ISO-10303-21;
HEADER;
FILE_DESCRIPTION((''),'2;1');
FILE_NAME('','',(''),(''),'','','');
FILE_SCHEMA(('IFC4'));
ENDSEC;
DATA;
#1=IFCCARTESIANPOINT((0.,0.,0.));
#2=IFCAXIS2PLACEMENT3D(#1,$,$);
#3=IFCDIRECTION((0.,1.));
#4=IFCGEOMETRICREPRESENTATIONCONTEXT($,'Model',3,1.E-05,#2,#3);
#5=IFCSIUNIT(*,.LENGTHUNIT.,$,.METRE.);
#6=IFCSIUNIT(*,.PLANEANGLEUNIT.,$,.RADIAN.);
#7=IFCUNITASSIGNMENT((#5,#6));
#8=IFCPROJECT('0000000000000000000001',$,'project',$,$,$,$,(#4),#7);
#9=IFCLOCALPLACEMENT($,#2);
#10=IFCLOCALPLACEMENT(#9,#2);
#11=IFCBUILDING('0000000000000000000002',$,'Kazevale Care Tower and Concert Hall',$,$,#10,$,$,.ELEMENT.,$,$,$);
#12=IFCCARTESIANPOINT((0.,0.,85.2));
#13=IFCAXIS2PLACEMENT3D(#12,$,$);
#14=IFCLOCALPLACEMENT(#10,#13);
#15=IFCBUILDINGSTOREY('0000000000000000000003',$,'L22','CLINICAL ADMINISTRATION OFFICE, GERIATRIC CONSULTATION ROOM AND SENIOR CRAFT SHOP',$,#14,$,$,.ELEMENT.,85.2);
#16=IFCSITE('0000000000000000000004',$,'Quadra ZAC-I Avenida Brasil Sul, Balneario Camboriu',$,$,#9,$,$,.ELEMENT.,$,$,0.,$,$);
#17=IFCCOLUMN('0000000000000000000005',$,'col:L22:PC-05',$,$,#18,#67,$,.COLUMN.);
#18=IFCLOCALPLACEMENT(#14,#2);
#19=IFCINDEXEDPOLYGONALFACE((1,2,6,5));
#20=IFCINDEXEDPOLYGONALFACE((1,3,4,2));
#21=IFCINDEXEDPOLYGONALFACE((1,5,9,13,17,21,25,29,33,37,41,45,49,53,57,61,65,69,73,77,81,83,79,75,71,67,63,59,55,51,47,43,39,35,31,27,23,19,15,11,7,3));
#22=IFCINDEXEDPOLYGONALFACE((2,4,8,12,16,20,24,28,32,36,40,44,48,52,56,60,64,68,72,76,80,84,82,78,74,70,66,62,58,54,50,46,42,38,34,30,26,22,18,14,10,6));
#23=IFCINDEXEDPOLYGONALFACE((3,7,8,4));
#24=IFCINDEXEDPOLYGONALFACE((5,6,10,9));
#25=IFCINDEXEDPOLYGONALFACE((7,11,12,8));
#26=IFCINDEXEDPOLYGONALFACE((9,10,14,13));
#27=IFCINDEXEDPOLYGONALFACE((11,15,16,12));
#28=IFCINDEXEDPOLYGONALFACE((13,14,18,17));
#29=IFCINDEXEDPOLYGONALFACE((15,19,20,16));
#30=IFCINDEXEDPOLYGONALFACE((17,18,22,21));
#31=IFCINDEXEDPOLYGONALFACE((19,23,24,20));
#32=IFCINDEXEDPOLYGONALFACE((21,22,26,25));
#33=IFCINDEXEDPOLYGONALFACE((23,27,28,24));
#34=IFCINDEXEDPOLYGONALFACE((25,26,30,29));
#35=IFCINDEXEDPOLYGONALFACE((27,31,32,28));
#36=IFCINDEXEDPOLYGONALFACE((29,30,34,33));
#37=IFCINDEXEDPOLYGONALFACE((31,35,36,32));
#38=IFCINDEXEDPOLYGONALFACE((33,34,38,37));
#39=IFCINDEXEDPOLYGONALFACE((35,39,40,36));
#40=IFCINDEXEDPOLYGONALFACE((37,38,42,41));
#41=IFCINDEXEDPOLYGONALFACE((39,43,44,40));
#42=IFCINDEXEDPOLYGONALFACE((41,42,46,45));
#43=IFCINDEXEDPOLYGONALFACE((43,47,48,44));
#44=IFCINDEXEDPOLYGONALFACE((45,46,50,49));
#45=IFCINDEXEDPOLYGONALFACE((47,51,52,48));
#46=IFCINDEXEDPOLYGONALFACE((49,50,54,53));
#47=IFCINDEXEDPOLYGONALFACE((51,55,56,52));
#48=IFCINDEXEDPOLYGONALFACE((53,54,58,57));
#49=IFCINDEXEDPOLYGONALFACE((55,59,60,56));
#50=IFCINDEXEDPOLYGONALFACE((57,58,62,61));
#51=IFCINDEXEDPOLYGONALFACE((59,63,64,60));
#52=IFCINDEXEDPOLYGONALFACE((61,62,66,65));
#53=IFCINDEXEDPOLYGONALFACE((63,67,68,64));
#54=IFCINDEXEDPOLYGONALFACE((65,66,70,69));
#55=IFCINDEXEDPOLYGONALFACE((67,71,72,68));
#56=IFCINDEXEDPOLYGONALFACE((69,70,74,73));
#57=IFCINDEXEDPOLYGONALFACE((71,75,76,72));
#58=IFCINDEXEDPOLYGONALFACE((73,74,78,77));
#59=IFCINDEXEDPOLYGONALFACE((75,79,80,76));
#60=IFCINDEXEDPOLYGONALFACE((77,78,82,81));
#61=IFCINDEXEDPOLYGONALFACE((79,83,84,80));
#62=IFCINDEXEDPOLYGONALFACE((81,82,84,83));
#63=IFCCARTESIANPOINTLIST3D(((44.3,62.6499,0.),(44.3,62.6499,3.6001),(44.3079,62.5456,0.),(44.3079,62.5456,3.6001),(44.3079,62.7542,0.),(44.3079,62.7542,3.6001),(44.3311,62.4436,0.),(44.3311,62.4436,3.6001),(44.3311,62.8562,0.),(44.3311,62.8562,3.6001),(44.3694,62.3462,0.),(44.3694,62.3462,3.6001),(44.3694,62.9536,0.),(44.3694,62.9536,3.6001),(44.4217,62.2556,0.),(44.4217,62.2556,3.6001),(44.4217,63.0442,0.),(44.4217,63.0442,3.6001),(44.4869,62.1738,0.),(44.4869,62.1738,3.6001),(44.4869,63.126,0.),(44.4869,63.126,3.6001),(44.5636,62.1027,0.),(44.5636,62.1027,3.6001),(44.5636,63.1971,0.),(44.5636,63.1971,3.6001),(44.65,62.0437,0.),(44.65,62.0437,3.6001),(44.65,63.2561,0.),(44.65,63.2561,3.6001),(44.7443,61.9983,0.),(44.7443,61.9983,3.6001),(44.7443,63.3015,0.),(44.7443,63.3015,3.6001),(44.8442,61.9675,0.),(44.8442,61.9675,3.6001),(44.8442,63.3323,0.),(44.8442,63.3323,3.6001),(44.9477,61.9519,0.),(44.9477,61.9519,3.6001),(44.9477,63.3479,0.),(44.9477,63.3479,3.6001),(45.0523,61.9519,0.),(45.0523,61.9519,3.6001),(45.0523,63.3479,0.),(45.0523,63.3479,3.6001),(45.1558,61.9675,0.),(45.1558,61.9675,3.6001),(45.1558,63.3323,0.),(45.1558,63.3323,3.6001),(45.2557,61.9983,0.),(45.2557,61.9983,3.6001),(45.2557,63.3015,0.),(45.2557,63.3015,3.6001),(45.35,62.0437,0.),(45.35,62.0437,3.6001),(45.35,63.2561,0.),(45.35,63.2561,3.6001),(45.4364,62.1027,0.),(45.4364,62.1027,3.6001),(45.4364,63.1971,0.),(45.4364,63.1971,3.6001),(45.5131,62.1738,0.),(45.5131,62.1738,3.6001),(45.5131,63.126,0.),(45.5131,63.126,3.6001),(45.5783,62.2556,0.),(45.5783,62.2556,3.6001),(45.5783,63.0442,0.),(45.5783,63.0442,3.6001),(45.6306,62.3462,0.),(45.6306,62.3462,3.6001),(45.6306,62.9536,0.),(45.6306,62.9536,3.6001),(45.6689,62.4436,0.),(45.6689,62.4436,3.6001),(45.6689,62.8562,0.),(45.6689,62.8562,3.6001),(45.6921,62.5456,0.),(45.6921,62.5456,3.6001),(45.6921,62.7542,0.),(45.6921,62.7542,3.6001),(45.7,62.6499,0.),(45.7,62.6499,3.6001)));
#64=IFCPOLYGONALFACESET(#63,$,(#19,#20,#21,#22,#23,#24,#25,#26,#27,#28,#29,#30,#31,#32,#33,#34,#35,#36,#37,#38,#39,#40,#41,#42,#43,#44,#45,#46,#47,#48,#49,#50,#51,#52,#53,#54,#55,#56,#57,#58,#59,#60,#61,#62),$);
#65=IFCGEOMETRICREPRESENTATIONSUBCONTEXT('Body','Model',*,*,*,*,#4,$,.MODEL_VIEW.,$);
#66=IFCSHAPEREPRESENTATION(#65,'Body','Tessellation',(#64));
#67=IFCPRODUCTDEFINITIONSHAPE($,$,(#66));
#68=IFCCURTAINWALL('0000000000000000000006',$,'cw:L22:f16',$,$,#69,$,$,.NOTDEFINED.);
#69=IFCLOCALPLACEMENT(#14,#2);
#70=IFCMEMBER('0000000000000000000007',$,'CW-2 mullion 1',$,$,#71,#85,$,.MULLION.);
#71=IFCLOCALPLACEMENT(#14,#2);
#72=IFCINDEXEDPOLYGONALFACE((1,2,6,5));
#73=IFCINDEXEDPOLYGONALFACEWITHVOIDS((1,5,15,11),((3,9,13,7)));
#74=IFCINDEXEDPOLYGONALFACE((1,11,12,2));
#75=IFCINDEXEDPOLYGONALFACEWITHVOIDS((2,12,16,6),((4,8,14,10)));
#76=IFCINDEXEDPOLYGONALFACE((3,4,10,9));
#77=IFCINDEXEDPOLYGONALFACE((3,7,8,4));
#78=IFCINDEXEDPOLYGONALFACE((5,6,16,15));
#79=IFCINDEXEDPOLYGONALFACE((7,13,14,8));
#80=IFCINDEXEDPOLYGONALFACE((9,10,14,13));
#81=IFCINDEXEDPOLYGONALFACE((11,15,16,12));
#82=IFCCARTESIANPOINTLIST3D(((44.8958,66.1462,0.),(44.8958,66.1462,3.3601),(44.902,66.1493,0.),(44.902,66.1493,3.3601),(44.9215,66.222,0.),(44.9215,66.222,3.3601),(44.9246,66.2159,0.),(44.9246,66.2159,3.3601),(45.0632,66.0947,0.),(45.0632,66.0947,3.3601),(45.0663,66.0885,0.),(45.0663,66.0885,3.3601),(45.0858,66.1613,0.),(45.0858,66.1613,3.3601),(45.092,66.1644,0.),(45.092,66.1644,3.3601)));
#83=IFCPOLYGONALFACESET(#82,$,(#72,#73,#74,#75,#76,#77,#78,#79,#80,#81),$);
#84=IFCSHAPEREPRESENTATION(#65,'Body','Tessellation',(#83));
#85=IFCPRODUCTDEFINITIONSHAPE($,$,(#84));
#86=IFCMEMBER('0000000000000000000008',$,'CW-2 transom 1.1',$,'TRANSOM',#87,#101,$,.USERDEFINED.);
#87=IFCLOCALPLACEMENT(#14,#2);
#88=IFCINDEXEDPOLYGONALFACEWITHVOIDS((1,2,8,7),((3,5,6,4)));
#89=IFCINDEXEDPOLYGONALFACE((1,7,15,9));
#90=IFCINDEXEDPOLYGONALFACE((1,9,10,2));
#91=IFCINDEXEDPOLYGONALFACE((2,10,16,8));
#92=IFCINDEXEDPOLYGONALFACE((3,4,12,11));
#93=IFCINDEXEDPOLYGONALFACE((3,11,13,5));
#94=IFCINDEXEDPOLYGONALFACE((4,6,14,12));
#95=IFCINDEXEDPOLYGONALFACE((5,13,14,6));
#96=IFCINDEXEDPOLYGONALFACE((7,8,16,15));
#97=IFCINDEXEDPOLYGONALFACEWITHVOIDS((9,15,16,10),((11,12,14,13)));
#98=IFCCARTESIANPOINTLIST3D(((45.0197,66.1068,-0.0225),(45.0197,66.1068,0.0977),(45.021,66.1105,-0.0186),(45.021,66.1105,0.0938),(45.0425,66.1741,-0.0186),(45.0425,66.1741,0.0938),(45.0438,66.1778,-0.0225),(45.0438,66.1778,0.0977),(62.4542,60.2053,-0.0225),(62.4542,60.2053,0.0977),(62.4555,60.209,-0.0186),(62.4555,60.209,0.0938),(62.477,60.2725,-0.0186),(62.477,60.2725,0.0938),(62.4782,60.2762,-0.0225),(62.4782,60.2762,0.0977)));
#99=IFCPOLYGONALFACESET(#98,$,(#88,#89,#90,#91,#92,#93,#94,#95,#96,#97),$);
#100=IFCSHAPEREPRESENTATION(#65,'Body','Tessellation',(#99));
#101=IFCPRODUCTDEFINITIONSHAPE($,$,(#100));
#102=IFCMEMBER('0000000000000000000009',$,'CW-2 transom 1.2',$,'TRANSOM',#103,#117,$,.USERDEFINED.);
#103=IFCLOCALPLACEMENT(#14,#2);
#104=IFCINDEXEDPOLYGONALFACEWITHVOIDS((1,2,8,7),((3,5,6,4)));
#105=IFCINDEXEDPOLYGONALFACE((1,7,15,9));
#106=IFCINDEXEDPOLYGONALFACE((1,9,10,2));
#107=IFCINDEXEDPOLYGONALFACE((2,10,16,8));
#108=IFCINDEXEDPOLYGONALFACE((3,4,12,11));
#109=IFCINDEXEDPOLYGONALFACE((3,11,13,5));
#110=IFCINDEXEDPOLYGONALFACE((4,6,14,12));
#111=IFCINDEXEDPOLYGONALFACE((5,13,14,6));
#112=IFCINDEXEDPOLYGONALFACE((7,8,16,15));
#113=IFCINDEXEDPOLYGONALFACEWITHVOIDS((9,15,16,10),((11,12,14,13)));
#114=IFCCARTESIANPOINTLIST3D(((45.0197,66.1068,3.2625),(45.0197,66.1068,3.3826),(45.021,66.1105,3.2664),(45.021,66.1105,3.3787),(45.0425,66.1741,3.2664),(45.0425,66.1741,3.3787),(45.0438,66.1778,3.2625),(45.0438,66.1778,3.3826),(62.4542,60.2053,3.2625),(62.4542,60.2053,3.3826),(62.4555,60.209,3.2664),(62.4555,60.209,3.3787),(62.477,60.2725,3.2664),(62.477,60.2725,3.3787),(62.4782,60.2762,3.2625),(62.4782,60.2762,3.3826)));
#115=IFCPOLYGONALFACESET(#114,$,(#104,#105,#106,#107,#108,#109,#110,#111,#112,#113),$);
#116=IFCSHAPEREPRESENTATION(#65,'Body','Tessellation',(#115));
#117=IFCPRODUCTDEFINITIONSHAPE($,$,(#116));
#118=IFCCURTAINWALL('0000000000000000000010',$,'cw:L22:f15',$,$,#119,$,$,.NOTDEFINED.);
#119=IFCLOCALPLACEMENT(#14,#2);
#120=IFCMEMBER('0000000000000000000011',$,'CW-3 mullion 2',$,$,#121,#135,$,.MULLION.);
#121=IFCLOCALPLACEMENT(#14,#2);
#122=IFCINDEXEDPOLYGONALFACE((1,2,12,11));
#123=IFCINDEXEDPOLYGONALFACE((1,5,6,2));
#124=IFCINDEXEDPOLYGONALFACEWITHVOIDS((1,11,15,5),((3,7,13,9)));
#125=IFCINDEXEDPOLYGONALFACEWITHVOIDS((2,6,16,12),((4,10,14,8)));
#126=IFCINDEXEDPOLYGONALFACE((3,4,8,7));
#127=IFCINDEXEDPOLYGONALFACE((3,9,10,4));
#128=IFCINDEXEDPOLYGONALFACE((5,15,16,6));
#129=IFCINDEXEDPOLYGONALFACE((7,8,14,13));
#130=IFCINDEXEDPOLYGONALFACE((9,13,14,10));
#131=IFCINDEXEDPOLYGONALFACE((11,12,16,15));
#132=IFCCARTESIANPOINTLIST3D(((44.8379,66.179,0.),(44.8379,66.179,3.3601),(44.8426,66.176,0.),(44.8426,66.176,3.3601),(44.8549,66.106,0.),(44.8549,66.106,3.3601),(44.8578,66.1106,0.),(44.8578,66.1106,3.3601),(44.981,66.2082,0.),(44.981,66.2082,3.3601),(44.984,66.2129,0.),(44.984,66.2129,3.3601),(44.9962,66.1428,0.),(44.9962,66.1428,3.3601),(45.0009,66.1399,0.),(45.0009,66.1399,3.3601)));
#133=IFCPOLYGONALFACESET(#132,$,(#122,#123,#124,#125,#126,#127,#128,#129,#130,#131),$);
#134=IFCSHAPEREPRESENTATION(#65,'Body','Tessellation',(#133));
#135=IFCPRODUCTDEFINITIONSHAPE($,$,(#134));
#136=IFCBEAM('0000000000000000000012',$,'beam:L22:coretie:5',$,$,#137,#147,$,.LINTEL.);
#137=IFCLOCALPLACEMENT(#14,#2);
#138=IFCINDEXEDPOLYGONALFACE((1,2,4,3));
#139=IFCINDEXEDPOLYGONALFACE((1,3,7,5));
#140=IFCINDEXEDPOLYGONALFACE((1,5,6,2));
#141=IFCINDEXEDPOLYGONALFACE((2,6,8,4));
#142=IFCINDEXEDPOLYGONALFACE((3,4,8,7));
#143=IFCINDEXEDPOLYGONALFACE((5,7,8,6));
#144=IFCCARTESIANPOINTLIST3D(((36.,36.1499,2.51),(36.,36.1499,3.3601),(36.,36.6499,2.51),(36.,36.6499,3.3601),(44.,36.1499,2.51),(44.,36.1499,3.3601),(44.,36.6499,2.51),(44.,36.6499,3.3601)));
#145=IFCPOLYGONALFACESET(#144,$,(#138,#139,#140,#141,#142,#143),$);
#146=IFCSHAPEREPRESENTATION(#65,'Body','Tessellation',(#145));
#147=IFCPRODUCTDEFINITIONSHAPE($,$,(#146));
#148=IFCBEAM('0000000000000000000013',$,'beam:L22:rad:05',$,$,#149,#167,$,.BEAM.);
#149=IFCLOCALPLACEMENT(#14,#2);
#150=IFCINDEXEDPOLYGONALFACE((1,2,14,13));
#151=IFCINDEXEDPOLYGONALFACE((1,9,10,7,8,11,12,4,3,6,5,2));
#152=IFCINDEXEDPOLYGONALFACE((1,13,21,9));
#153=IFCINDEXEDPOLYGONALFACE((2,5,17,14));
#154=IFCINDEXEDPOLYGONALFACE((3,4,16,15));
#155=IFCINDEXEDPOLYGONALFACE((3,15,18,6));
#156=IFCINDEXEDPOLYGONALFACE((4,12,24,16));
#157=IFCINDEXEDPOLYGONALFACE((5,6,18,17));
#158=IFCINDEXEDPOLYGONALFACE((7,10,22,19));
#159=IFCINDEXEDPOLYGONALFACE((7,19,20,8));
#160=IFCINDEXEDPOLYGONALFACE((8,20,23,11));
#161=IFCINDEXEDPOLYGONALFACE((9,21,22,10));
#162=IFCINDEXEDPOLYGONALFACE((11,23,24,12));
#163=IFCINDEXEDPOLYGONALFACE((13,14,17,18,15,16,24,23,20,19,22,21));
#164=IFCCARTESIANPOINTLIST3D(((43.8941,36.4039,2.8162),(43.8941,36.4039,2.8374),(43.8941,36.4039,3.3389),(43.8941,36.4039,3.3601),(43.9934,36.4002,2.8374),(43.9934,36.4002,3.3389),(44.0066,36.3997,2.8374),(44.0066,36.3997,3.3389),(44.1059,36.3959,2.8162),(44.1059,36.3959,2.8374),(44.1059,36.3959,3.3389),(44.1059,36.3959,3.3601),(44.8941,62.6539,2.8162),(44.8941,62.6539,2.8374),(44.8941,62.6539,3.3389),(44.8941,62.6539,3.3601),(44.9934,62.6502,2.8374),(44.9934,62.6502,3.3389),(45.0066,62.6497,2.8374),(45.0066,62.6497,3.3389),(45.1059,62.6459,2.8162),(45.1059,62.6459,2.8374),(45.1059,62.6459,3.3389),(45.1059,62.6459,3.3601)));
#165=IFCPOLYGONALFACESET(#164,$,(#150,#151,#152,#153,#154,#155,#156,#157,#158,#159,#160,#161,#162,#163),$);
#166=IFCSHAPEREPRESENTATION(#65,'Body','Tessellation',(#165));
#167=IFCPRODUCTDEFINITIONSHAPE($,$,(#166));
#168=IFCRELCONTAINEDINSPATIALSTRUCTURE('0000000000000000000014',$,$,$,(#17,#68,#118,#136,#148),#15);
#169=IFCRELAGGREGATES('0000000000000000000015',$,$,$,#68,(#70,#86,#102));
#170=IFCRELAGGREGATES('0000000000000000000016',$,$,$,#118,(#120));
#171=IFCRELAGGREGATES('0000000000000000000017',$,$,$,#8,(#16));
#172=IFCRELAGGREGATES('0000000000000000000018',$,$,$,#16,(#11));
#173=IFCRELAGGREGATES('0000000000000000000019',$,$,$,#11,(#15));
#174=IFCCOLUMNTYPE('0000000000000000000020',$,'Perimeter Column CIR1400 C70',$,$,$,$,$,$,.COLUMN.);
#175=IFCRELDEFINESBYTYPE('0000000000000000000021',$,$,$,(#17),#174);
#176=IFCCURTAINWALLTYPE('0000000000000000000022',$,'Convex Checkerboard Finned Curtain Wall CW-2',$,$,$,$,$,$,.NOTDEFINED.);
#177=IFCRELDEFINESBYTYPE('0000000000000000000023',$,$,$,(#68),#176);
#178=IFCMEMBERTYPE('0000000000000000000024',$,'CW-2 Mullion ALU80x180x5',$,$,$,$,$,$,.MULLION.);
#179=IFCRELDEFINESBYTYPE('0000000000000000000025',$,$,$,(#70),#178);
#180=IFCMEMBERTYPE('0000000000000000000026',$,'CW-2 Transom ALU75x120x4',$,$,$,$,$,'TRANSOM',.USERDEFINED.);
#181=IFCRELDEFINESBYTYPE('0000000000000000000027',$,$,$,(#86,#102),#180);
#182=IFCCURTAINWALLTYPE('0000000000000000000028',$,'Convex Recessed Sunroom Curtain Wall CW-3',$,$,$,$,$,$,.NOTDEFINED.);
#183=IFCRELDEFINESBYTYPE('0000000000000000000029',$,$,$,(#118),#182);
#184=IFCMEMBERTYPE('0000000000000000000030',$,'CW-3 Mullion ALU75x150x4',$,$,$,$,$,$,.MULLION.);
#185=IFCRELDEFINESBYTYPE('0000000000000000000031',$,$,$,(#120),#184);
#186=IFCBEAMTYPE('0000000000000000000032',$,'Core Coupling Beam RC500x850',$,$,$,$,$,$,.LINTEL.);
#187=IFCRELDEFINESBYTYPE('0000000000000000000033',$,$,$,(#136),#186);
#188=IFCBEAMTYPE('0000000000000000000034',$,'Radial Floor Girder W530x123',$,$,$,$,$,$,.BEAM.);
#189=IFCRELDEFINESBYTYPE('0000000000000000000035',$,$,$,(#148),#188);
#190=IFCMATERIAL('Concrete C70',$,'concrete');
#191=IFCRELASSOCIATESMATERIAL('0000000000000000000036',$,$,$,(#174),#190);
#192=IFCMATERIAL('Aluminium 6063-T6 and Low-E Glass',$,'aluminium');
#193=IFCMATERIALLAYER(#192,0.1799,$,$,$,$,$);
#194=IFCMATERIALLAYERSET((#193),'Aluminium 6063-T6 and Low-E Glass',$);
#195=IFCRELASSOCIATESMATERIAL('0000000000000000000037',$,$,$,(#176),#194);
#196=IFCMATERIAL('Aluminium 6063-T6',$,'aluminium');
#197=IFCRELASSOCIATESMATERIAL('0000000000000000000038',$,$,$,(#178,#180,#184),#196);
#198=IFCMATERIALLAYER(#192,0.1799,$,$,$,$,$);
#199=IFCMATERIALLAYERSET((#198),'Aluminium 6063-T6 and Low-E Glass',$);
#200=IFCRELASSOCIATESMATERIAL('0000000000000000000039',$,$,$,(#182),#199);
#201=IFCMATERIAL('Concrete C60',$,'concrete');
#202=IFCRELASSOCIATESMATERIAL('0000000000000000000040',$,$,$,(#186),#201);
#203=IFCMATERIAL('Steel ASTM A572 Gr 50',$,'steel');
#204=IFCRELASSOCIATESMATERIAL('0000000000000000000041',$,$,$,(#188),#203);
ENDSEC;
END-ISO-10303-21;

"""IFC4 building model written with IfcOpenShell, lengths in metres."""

from ifc_helpers import new_model, si_unit, direction, frame, origin, origin_2d, place, context, subcontext, project, spatial, rectangle, hollow_rectangle, circle, i_section, extrude, material, layer, layer_set, material_profile, profile_set, type_object, element, aggregate, save


model = new_model("IFC4")

# Units and contexts
model_context = context("Model", 3, precision=1e-05, world=origin(), true_north=direction((0.0, 1.0)))
body_context = subcontext(model_context, "Body", "Model", "MODEL_VIEW")
ifc_project = project(units=[si_unit("LENGTHUNIT", "METRE"), si_unit("PLANEANGLEUNIT", "RADIAN")], contexts=[model_context])

# Site, building, storey
site_placement = place(None, origin())
site = spatial("IfcSite", under=ifc_project, at=site_placement, Name="Quadra ZAC-I Avenida Brasil Sul, Balneario Camboriu", CompositionType="ELEMENT", RefElevation=0.0)
building_placement = place(site_placement, origin())
building = spatial("IfcBuilding", under=site, at=building_placement, Name="Kazevale Care Tower and Concert Hall", CompositionType="ELEMENT")
storey_placement = place(building_placement, frame((0.0, 0.0, 85.2)))
storey = spatial("IfcBuildingStorey", under=building, at=storey_placement, Name="L22", Description="CLINICAL ADMINISTRATION OFFICE, GERIATRIC CONSULTATION ROOM AND SENIOR CRAFT SHOP", CompositionType="ELEMENT", Elevation=85.2)

# Column
ifc_material_1 = material(Name="Concrete C70", Category="concrete")
ifc_material_profile_1 = material_profile(ifc_material_1, circle(Radius=0.7, at=origin_2d()), Name="RC-CIR1400")
ifc_profile_set_1 = profile_set([ifc_material_profile_1], Name="Concrete C70")
column_type = type_object("IfcColumnType", Name="Perimeter Column CIR1400 C70", PredefinedType="COLUMN", material=ifc_profile_set_1)
column_placement = place(storey_placement, frame((45.0, 62.6499, 0.0), z_axis=(0.0, 0.0, 1.0), x_axis=(1.0, 0.0, 0.0)))
element("IfcColumn", 1, at=column_placement, inside=storey, type_object=column_type, Name="col:L22:PC-05", PredefinedType="COLUMN", context=body_context, shape_type="SweptSolid", body=[
    extrude(circle(Radius=0.7, at=origin_2d()), origin(), (0.0, 0.0, 1.0), 3.6001),
])

# Curtain wall, members
ifc_material_2 = material(Name="Aluminium 6063-T6 and Low-E Glass", Category="aluminium")
ifc_layer_1 = layer(ifc_material_2, 0.1799)
ifc_layer_set_1 = layer_set([ifc_layer_1], Name="Aluminium 6063-T6 and Low-E Glass")
curtain_wall_type_1 = type_object("IfcCurtainWallType", Name="Convex Checkerboard Finned Curtain Wall CW-2", PredefinedType="NOTDEFINED", material=ifc_layer_set_1)
curtain_wall_1_placement = place(storey_placement, origin())
curtain_wall_1 = element("IfcCurtainWall", 2, at=curtain_wall_1_placement, inside=storey, type_object=curtain_wall_type_1, Name="cw:L22:f16", PredefinedType="NOTDEFINED")
ifc_material_3 = material(Name="Aluminium 6063-T6", Category="aluminium")
ifc_material_profile_2 = material_profile(ifc_material_3, hollow_rectangle(XDim=0.0801, YDim=0.1799, WallThickness=0.0049, at=origin_2d()), Name="ALU80x180x5")
ifc_profile_set_2 = profile_set([ifc_material_profile_2], Name="Aluminium 6063-T6")
member_type_1 = type_object("IfcMemberType", Name="CW-2 Mullion ALU80x180x5", PredefinedType="MULLION", material=ifc_profile_set_2)
member_1_placement = place(storey_placement, frame((44.9939, 66.1553, 0.0), z_axis=(0.0, 0.0, 1.0), x_axis=(0.320636, 0.947203, 0.0)))
member_1 = element("IfcMember", 3, at=member_1_placement, type_object=member_type_1, Name="CW-2 mullion 1", PredefinedType="MULLION", context=body_context, shape_type="SweptSolid", body=[
    extrude(hollow_rectangle(XDim=0.0801, YDim=0.1799, WallThickness=0.0049, at=origin_2d()), origin(), (0.0, 0.0, 1.0), 3.3601),
])
ifc_material_profile_3 = material_profile(ifc_material_3, hollow_rectangle(XDim=0.075, YDim=0.1201, WallThickness=0.0039, at=origin_2d()), Name="ALU75x120x4")
ifc_profile_set_3 = profile_set([ifc_material_profile_3], Name="Aluminium 6063-T6")
member_type_2 = type_object("IfcMemberType", Name="CW-2 Transom ALU75x120x4", ElementType="TRANSOM", PredefinedType="USERDEFINED", material=ifc_profile_set_3)
member_2_placement = place(storey_placement, frame((45.0317, 66.1423, 0.0376), z_axis=(0.947205, -0.320629, 0.0), x_axis=(0.320629, 0.947205, 0.0)))
member_2 = element("IfcMember", 4, at=member_2_placement, type_object=member_type_2, Name="CW-2 transom 1.1", ObjectType="TRANSOM", PredefinedType="USERDEFINED", context=body_context, shape_type="SweptSolid", body=[
    extrude(hollow_rectangle(XDim=0.075, YDim=0.1201, WallThickness=0.0039, at=origin_2d()), origin(), (0.0, 0.0, 1.0), 18.4062),
])
member_3_placement = place(storey_placement, frame((45.0317, 66.1423, 3.3225), z_axis=(0.947205, -0.320629, 0.0), x_axis=(0.320629, 0.947205, 0.0)))
member_3 = element("IfcMember", 5, at=member_3_placement, type_object=member_type_2, Name="CW-2 transom 1.2", ObjectType="TRANSOM", PredefinedType="USERDEFINED", context=body_context, shape_type="SweptSolid", body=[
    extrude(hollow_rectangle(XDim=0.075, YDim=0.1201, WallThickness=0.0039, at=origin_2d()), origin(), (0.0, 0.0, 1.0), 18.4062),
])
aggregate(curtain_wall_1, [member_1, member_2, member_3])

# Curtain wall, member
ifc_layer_2 = layer(ifc_material_2, 0.1799)
ifc_layer_set_2 = layer_set([ifc_layer_2], Name="Aluminium 6063-T6 and Low-E Glass")
curtain_wall_type_2 = type_object("IfcCurtainWallType", Name="Convex Recessed Sunroom Curtain Wall CW-3", PredefinedType="NOTDEFINED", material=ifc_layer_set_2)
curtain_wall_2_placement = place(storey_placement, origin())
curtain_wall_2 = element("IfcCurtainWall", 6, at=curtain_wall_2_placement, inside=storey, type_object=curtain_wall_type_2, Name="cw:L22:f15", PredefinedType="NOTDEFINED")
ifc_material_profile_4 = material_profile(ifc_material_3, hollow_rectangle(XDim=0.075, YDim=0.1499, WallThickness=0.0039, at=origin_2d()), Name="ALU75x150x4")
ifc_profile_set_4 = profile_set([ifc_material_profile_4], Name="Aluminium 6063-T6")
member_type_3 = type_object("IfcMemberType", Name="CW-3 Mullion ALU75x150x4", PredefinedType="MULLION", material=ifc_profile_set_4)
member_4_placement = place(storey_placement, frame((44.9194, 66.1594, 0.0), z_axis=(0.0, 0.0, 1.0), x_axis=(-0.226287, 0.974061, 0.0)))
member_4 = element("IfcMember", 7, at=member_4_placement, type_object=member_type_3, Name="CW-3 mullion 2", PredefinedType="MULLION", context=body_context, shape_type="SweptSolid", body=[
    extrude(hollow_rectangle(XDim=0.075, YDim=0.1499, WallThickness=0.0039, at=origin_2d()), origin(), (0.0, 0.0, 1.0), 3.3601),
])

# Beams
ifc_material_4 = material(Name="Concrete C60", Category="concrete")
ifc_material_profile_5 = material_profile(ifc_material_4, rectangle(XDim=0.5, YDim=0.8501, at=origin_2d()), Name="RC-B500x850")
ifc_profile_set_5 = profile_set([ifc_material_profile_5], Name="Concrete C60")
beam_type_1 = type_object("IfcBeamType", Name="Core Coupling Beam RC500x850", PredefinedType="LINTEL", material=ifc_profile_set_5)
beam_1_placement = place(storey_placement, frame((44.0, 36.3999, 2.9351), z_axis=(-1.0, 0.0, 0.0), x_axis=(0.0, -1.0, 0.0)))
element("IfcBeam", 8, at=beam_1_placement, inside=storey, type_object=beam_type_1, Name="beam:L22:coretie:5", PredefinedType="LINTEL", context=body_context, shape_type="SweptSolid", body=[
    extrude(rectangle(XDim=0.5, YDim=0.8501, at=origin_2d()), origin(), (0.0, 0.0, 1.0), 8.0),
])
ifc_material_5 = material(Name="Steel ASTM A572 Gr 50", Category="steel")
ifc_material_profile_6 = material_profile(ifc_material_5, i_section(OverallWidth=0.2119, OverallDepth=0.5439, WebThickness=0.0132, FlangeThickness=0.0212, at=origin_2d()), Name="W530x123")
ifc_profile_set_6 = profile_set([ifc_material_profile_6], Name="Steel ASTM A572 Gr 50")
beam_type_2 = type_object("IfcBeamType", Name="Radial Floor Girder W530x123", PredefinedType="BEAM", material=ifc_profile_set_6)
beam_2_placement = place(storey_placement, frame((44.0, 36.3999, 3.0881), z_axis=(0.038068, 0.999275, 0.0), x_axis=(-0.999275, 0.038068, 0.0)))
element("IfcBeam", 9, at=beam_2_placement, inside=storey, type_object=beam_type_2, Name="beam:L22:rad:05", PredefinedType="BEAM", context=body_context, shape_type="SweptSolid", body=[
    extrude(i_section(OverallWidth=0.2119, OverallDepth=0.5439, WebThickness=0.0132, FlangeThickness=0.0212, at=origin_2d()), origin(), (0.0, 0.0, 1.0), 26.269),
])

aggregate(curtain_wall_2, [member_4])

save(model, "model.ifc")
